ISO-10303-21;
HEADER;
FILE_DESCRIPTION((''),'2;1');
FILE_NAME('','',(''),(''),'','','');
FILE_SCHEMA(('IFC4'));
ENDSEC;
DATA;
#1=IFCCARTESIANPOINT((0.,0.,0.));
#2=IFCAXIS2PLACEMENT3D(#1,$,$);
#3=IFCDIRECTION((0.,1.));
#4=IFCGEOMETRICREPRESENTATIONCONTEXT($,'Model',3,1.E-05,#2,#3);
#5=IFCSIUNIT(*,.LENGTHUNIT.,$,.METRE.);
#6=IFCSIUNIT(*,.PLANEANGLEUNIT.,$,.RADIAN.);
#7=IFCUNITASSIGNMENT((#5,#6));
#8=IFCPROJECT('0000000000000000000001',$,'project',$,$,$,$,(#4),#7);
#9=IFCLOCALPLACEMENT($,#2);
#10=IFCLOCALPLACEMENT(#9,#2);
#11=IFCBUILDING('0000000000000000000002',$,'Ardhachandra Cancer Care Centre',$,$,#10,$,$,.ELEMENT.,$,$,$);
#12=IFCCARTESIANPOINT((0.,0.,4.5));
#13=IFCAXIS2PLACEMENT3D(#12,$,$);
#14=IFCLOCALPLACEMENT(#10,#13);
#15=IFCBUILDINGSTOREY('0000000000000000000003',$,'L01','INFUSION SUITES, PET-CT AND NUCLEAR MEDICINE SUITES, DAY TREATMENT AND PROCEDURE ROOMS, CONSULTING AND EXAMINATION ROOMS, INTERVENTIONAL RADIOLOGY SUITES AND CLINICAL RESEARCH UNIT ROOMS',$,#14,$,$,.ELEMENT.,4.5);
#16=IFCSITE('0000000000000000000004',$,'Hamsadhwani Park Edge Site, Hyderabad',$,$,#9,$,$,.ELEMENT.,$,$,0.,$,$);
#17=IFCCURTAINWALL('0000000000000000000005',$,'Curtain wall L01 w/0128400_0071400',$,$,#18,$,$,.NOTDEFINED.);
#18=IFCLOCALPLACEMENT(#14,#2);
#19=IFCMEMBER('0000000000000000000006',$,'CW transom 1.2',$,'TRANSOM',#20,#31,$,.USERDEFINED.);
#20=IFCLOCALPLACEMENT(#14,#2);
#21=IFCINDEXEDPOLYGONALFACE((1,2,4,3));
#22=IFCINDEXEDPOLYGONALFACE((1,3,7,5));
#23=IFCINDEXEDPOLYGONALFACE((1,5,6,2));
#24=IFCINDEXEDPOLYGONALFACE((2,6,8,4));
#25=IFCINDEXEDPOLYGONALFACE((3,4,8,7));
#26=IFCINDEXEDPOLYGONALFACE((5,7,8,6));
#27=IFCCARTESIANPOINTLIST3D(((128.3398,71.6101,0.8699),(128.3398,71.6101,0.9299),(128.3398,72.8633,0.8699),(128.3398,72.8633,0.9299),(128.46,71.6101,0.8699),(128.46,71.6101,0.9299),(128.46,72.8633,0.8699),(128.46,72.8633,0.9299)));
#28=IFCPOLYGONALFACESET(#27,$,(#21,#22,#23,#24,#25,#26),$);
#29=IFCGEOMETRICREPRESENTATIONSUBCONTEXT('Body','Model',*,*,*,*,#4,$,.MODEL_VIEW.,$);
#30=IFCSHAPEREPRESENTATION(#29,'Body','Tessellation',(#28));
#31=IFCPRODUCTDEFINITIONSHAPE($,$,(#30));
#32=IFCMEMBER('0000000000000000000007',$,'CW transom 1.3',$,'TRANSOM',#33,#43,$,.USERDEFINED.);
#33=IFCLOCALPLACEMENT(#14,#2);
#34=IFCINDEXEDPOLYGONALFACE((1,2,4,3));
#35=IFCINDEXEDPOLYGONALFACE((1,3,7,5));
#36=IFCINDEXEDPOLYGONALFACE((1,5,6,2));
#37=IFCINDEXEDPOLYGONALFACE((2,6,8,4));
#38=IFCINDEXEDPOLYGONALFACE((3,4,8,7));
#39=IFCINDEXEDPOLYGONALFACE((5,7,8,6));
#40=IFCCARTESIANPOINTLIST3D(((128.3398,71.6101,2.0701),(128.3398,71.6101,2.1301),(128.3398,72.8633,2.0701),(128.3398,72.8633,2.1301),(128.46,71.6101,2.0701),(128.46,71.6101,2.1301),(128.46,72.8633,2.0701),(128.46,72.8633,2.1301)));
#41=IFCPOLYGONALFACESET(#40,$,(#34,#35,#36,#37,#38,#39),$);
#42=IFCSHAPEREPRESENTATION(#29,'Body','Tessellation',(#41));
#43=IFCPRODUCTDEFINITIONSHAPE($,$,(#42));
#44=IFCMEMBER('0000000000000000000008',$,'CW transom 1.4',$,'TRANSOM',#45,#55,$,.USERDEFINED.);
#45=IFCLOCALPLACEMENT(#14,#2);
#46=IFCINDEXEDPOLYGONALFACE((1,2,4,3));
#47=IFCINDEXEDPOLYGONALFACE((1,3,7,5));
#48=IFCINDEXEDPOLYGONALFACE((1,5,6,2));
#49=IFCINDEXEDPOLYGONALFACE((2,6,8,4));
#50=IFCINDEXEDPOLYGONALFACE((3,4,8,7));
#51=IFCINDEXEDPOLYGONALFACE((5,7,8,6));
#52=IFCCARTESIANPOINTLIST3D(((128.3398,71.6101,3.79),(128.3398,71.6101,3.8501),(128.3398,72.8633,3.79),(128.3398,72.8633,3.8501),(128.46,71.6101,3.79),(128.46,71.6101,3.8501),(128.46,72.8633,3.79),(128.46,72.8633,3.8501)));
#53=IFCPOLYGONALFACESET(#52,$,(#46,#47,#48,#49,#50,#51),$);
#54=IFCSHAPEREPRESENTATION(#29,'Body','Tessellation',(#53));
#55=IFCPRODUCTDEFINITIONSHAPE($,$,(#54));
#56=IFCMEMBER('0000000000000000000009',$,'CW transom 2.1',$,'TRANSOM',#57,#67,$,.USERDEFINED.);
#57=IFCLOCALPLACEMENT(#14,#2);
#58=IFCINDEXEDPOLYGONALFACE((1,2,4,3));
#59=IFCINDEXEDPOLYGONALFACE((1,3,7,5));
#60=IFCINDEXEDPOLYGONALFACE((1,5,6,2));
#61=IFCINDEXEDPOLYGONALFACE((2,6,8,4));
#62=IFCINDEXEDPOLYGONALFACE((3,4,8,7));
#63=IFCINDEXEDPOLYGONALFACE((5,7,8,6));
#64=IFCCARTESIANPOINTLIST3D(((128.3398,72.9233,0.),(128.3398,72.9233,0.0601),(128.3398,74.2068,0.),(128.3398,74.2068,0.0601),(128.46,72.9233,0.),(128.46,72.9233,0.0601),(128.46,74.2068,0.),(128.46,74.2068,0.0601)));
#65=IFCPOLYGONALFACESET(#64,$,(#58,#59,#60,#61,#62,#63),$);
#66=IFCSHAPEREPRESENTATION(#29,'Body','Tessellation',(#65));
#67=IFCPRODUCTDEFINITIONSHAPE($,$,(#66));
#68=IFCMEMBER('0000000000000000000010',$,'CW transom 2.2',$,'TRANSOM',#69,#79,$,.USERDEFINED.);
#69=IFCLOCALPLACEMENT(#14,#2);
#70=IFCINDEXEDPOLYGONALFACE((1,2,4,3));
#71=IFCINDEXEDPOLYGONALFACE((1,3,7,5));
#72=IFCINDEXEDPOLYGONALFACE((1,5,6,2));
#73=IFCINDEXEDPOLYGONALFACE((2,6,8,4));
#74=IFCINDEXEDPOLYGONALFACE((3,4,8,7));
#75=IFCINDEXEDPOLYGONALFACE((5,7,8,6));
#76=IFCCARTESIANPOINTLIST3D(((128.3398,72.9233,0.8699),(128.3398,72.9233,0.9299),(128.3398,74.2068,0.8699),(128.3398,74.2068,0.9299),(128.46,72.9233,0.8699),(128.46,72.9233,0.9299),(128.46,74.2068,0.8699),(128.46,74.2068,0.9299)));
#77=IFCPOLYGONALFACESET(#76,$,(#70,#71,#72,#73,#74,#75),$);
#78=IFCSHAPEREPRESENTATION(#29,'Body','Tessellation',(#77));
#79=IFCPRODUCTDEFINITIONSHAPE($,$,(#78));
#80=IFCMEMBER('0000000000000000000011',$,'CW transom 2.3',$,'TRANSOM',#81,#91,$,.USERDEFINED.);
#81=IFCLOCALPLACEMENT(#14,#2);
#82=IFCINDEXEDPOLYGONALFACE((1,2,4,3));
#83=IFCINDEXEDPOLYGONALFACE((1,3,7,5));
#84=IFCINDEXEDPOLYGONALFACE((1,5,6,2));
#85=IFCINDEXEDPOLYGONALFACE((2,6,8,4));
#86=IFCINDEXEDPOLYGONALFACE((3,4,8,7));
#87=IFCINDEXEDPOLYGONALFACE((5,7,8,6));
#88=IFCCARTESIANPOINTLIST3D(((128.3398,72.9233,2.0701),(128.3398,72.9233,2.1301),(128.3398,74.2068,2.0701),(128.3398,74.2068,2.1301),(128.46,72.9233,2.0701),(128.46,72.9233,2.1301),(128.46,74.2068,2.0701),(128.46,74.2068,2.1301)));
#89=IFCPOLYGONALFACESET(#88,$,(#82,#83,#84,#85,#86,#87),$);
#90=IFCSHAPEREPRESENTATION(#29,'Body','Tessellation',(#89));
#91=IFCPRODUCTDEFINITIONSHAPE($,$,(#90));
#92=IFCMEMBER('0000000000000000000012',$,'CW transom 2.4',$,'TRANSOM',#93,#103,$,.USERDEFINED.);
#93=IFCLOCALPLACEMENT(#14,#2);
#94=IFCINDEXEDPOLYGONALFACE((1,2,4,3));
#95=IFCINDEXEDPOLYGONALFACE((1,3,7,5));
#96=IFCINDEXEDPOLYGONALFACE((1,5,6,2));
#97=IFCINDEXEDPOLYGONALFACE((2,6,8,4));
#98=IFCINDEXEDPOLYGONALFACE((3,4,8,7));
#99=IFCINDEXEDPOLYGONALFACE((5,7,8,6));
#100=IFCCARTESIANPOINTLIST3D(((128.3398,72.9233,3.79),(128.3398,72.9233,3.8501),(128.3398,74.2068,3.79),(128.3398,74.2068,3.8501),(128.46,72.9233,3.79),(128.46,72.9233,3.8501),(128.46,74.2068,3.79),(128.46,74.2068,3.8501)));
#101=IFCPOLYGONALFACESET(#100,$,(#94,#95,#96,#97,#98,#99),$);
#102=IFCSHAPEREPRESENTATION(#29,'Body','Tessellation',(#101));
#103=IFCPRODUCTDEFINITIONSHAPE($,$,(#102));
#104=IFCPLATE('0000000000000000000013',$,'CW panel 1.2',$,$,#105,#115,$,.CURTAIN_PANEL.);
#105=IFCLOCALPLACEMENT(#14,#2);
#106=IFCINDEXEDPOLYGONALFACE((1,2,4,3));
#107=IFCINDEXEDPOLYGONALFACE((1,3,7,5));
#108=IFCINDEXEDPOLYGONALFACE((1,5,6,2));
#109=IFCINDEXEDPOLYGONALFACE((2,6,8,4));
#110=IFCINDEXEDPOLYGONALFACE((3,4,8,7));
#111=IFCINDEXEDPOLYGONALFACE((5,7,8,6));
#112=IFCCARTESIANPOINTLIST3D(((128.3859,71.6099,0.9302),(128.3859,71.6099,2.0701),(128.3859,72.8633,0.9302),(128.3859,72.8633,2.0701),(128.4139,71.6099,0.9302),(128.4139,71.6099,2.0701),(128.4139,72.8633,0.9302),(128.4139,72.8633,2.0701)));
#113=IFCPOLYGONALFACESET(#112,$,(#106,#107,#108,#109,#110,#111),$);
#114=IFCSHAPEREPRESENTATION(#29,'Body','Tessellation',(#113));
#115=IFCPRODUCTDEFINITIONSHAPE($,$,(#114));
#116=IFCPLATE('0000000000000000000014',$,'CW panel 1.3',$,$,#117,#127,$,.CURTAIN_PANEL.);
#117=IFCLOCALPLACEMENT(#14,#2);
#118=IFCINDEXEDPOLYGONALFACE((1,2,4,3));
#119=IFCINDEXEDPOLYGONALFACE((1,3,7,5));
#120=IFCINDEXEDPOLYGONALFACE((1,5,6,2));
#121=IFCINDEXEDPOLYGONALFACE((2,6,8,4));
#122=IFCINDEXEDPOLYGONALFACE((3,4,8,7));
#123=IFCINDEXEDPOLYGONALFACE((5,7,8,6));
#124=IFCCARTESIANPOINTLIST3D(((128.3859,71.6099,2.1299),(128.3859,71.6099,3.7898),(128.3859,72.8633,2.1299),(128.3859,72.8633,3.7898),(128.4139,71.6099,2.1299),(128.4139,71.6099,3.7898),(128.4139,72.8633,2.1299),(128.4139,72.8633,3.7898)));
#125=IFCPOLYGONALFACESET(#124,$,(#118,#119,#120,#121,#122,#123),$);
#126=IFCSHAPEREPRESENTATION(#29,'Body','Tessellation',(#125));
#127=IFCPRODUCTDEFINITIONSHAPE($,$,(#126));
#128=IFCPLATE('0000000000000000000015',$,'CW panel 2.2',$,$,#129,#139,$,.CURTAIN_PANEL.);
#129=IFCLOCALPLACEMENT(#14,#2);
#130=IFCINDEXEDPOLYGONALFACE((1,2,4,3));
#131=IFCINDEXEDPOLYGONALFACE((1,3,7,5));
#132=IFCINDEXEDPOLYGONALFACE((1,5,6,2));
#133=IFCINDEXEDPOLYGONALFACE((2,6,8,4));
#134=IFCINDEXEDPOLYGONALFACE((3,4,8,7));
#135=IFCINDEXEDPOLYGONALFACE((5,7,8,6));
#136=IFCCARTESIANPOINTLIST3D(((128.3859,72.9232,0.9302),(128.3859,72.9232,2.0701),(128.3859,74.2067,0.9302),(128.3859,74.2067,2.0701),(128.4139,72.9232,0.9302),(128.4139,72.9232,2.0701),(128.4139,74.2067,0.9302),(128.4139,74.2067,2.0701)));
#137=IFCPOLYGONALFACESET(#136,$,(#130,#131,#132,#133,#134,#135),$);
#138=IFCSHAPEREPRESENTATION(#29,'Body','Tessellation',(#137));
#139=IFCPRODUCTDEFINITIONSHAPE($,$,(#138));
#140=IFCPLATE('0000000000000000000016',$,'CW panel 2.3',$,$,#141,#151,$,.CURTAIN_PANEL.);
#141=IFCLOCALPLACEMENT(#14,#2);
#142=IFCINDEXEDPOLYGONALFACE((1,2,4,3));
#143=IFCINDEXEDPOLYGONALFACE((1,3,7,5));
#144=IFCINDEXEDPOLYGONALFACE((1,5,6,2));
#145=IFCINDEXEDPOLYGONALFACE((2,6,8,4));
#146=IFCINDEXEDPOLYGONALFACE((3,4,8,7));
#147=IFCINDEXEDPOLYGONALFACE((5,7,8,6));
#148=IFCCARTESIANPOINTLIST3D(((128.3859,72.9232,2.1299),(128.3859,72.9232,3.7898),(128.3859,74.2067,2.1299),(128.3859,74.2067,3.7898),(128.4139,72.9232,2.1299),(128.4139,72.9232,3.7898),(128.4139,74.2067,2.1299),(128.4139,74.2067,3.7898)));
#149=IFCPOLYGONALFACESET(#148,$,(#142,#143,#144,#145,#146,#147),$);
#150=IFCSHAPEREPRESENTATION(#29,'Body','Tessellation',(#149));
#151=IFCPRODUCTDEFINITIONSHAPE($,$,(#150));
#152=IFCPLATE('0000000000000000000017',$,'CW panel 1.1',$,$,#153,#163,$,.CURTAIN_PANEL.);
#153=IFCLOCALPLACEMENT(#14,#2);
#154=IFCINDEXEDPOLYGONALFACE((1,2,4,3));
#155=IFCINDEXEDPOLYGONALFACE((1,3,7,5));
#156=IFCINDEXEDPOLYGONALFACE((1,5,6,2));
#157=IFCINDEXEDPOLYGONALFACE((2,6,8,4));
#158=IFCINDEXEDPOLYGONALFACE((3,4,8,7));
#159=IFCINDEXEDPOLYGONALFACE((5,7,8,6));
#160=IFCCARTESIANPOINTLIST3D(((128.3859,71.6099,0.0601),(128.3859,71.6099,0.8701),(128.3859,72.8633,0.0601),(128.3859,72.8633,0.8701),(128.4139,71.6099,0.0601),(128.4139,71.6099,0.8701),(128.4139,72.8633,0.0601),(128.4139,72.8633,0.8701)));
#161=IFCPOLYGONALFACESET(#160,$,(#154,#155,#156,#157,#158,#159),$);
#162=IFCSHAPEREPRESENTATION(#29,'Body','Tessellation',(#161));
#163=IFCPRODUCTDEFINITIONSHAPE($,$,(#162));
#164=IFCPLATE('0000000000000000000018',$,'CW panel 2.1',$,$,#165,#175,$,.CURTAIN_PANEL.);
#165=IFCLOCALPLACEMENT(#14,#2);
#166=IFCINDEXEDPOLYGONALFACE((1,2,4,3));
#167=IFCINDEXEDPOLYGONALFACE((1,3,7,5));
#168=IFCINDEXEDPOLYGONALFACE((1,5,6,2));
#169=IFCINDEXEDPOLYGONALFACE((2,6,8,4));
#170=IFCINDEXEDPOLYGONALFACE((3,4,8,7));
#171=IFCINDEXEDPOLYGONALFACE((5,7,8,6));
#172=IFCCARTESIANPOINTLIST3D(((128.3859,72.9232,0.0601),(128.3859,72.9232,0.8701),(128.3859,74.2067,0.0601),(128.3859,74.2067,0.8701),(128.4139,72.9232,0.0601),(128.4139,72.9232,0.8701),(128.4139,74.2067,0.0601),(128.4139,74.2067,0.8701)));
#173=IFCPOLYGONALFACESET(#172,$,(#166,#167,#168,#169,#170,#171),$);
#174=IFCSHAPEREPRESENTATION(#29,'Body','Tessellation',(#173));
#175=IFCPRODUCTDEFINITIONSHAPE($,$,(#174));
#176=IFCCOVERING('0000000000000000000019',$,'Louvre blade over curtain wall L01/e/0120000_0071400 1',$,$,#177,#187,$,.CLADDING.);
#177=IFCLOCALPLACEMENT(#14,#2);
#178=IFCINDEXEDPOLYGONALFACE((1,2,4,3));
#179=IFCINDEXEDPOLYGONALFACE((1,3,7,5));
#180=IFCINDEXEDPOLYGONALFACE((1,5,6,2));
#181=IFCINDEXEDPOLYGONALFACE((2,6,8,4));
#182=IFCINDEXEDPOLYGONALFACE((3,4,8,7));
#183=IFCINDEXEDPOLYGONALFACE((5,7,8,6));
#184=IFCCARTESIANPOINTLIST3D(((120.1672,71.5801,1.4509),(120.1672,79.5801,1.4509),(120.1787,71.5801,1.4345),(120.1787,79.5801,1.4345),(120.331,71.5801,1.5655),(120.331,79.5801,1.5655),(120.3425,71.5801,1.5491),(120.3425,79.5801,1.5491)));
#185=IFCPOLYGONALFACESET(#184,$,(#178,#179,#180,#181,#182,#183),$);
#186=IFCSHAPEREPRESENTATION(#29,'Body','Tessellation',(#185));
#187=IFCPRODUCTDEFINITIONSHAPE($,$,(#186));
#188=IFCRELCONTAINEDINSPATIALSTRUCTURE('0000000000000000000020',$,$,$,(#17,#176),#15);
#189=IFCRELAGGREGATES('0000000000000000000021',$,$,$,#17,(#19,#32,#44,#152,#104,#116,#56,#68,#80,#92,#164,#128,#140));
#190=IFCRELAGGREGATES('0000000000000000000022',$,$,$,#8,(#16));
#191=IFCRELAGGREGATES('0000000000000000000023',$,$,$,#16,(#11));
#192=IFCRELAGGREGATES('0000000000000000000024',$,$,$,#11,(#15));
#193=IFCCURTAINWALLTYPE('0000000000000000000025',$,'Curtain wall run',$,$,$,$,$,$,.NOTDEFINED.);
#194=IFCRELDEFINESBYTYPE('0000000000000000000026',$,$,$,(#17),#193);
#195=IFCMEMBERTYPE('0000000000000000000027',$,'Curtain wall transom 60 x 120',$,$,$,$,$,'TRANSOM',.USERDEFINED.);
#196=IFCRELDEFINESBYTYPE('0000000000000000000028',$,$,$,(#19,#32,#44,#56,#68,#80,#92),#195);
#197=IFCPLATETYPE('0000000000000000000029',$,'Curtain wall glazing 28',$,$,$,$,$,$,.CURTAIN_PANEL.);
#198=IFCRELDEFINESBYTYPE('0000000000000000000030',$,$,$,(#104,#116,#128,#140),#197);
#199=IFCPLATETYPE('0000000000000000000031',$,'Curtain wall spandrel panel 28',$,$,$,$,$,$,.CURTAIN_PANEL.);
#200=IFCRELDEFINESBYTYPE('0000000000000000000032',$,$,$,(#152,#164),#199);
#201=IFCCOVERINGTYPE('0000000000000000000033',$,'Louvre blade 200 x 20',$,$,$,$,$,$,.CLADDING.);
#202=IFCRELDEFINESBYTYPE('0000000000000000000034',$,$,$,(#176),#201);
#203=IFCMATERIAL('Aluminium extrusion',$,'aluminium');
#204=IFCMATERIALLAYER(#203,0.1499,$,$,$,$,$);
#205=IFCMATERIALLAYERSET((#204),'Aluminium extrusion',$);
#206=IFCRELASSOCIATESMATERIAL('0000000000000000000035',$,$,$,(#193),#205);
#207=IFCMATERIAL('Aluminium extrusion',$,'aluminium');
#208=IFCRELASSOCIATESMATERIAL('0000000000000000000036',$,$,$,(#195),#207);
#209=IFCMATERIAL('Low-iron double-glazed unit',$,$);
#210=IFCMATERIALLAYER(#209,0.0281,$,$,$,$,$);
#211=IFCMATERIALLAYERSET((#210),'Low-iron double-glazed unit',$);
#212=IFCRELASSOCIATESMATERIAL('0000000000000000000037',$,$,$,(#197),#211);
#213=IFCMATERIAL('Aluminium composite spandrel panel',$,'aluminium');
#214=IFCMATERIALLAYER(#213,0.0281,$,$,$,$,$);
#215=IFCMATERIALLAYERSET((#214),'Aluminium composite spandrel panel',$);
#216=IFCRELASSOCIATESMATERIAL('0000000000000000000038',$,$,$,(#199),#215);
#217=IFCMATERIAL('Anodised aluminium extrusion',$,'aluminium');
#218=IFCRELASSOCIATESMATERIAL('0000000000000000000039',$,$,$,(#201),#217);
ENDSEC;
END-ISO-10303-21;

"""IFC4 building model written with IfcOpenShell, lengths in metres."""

from ifc_helpers import new_model, si_unit, direction, frame, origin, origin_2d, place, context, subcontext, project, spatial, rectangle, extrude, material, layer, layer_set, material_profile, profile_set, type_object, element, aggregate, save


model = new_model("IFC4")

# Units and contexts
model_context = context("Model", 3, precision=1e-05, world=origin(), true_north=direction((0.0, 1.0)))
body_context = subcontext(model_context, "Body", "Model", "MODEL_VIEW")
ifc_project = project(units=[si_unit("LENGTHUNIT", "METRE"), si_unit("PLANEANGLEUNIT", "RADIAN")], contexts=[model_context])

# Site, building, storey
site_placement = place(None, origin())
site = spatial("IfcSite", under=ifc_project, at=site_placement, Name="Hamsadhwani Park Edge Site, Hyderabad", CompositionType="ELEMENT", RefElevation=0.0)
building_placement = place(site_placement, origin())
building = spatial("IfcBuilding", under=site, at=building_placement, Name="Ardhachandra Cancer Care Centre", CompositionType="ELEMENT")
storey_placement = place(building_placement, frame((0.0, 0.0, 4.5)))
storey = spatial("IfcBuildingStorey", under=building, at=storey_placement, Name="L01", Description="INFUSION SUITES, PET-CT AND NUCLEAR MEDICINE SUITES, DAY TREATMENT AND PROCEDURE ROOMS, CONSULTING AND EXAMINATION ROOMS, INTERVENTIONAL RADIOLOGY SUITES AND CLINICAL RESEARCH UNIT ROOMS", CompositionType="ELEMENT", Elevation=4.5)

# Curtain wall, members, plates
ifc_material_1 = material(Name="Aluminium extrusion", Category="aluminium")
ifc_layer_1 = layer(ifc_material_1, 0.1499)
ifc_layer_set_1 = layer_set([ifc_layer_1], Name="Aluminium extrusion")
curtain_wall_type = type_object("IfcCurtainWallType", Name="Curtain wall run", PredefinedType="NOTDEFINED", material=ifc_layer_set_1)
curtain_wall_placement = place(storey_placement, origin())
curtain_wall = element("IfcCurtainWall", 1, at=curtain_wall_placement, inside=storey, type_object=curtain_wall_type, Name="Curtain wall L01 w/0128400_0071400", PredefinedType="NOTDEFINED")
ifc_material_2 = material(Name="Aluminium extrusion", Category="aluminium")
ifc_material_profile_1 = material_profile(ifc_material_2, rectangle(XDim=0.1201, YDim=0.0601, at=origin_2d()), Name="Curtain wall transom 60 x 120")
ifc_profile_set_1 = profile_set([ifc_material_profile_1], Name="Aluminium extrusion")
member_type_1 = type_object("IfcMemberType", Name="Curtain wall transom 60 x 120", ElementType="TRANSOM", PredefinedType="USERDEFINED", material=ifc_profile_set_1)
member_1_placement = place(storey_placement, frame((128.3999, 71.6101, 0.8999), z_axis=(0.0, 1.0, 0.0), x_axis=(-1.0, 0.0, 0.0)))
member_1 = element("IfcMember", 2, at=member_1_placement, type_object=member_type_1, Name="CW transom 1.2", ObjectType="TRANSOM", PredefinedType="USERDEFINED", context=body_context, shape_type="SweptSolid", body=[
    extrude(rectangle(XDim=0.1201, YDim=0.0601, at=origin_2d()), origin(), (0.0, 0.0, 1.0), 1.2532),
])
member_2_placement = place(storey_placement, frame((128.3999, 71.6101, 2.1001), z_axis=(0.0, 1.0, 0.0), x_axis=(-1.0, 0.0, 0.0)))
member_2 = element("IfcMember", 3, at=member_2_placement, type_object=member_type_1, Name="CW transom 1.3", ObjectType="TRANSOM", PredefinedType="USERDEFINED", context=body_context, shape_type="SweptSolid", body=[
    extrude(rectangle(XDim=0.1201, YDim=0.0601, at=origin_2d()), origin(), (0.0, 0.0, 1.0), 1.2532),
])
member_3_placement = place(storey_placement, frame((128.3999, 71.6101, 3.8201), z_axis=(0.0, 1.0, 0.0), x_axis=(-1.0, 0.0, 0.0)))
member_3 = element("IfcMember", 4, at=member_3_placement, type_object=member_type_1, Name="CW transom 1.4", ObjectType="TRANSOM", PredefinedType="USERDEFINED", context=body_context, shape_type="SweptSolid", body=[
    extrude(rectangle(XDim=0.1201, YDim=0.0601, at=origin_2d()), origin(), (0.0, 0.0, 1.0), 1.2532),
])
member_4_placement = place(storey_placement, frame((128.3999, 72.9233, 0.03), z_axis=(0.0, 1.0, 0.0), x_axis=(-1.0, 0.0, 0.0)))
member_4 = element("IfcMember", 5, at=member_4_placement, type_object=member_type_1, Name="CW transom 2.1", ObjectType="TRANSOM", PredefinedType="USERDEFINED", context=body_context, shape_type="SweptSolid", body=[
    extrude(rectangle(XDim=0.1201, YDim=0.0601, at=origin_2d()), origin(), (0.0, 0.0, 1.0), 1.2834),
])
member_5_placement = place(storey_placement, frame((128.3999, 72.9233, 0.8999), z_axis=(0.0, 1.0, 0.0), x_axis=(-1.0, 0.0, 0.0)))
member_5 = element("IfcMember", 6, at=member_5_placement, type_object=member_type_1, Name="CW transom 2.2", ObjectType="TRANSOM", PredefinedType="USERDEFINED", context=body_context, shape_type="SweptSolid", body=[
    extrude(rectangle(XDim=0.1201, YDim=0.0601, at=origin_2d()), origin(), (0.0, 0.0, 1.0), 1.2834),
])
member_6_placement = place(storey_placement, frame((128.3999, 72.9233, 2.1001), z_axis=(0.0, 1.0, 0.0), x_axis=(-1.0, 0.0, 0.0)))
member_6 = element("IfcMember", 7, at=member_6_placement, type_object=member_type_1, Name="CW transom 2.3", ObjectType="TRANSOM", PredefinedType="USERDEFINED", context=body_context, shape_type="SweptSolid", body=[
    extrude(rectangle(XDim=0.1201, YDim=0.0601, at=origin_2d()), origin(), (0.0, 0.0, 1.0), 1.2834),
])
member_7_placement = place(storey_placement, frame((128.3999, 72.9233, 3.8201), z_axis=(0.0, 1.0, 0.0), x_axis=(-1.0, 0.0, 0.0)))
member_7 = element("IfcMember", 8, at=member_7_placement, type_object=member_type_1, Name="CW transom 2.4", ObjectType="TRANSOM", PredefinedType="USERDEFINED", context=body_context, shape_type="SweptSolid", body=[
    extrude(rectangle(XDim=0.1201, YDim=0.0601, at=origin_2d()), origin(), (0.0, 0.0, 1.0), 1.2834),
])
ifc_material_3 = material(Name="Low-iron double-glazed unit")
ifc_layer_2 = layer(ifc_material_3, 0.0281)
ifc_layer_set_2 = layer_set([ifc_layer_2], Name="Low-iron double-glazed unit")
plate_type_1 = type_object("IfcPlateType", Name="Curtain wall glazing 28", PredefinedType="CURTAIN_PANEL", material=ifc_layer_set_2)
plate_1_placement = place(storey_placement, frame((128.3999, 72.2366, 0.9302), z_axis=(0.0, 0.0, 1.0), x_axis=(0.0, 1.0, 0.0)))
plate_1 = element("IfcPlate", 9, at=plate_1_placement, type_object=plate_type_1, Name="CW panel 1.2", PredefinedType="CURTAIN_PANEL", context=body_context, shape_type="SweptSolid", body=[
    extrude(rectangle(XDim=1.2534, YDim=0.0281, at=origin_2d()), origin(), (0.0, 0.0, 1.0), 1.1399),
])
plate_2_placement = place(storey_placement, frame((128.3999, 72.2366, 2.1299), z_axis=(0.0, 0.0, 1.0), x_axis=(0.0, 1.0, 0.0)))
plate_2 = element("IfcPlate", 10, at=plate_2_placement, type_object=plate_type_1, Name="CW panel 1.3", PredefinedType="CURTAIN_PANEL", context=body_context, shape_type="SweptSolid", body=[
    extrude(rectangle(XDim=1.2534, YDim=0.0281, at=origin_2d()), origin(), (0.0, 0.0, 1.0), 1.6599),
])
plate_3_placement = place(storey_placement, frame((128.3999, 73.5649, 0.9302), z_axis=(0.0, 0.0, 1.0), x_axis=(0.0, 1.0, 0.0)))
plate_3 = element("IfcPlate", 11, at=plate_3_placement, type_object=plate_type_1, Name="CW panel 2.2", PredefinedType="CURTAIN_PANEL", context=body_context, shape_type="SweptSolid", body=[
    extrude(rectangle(XDim=1.2834, YDim=0.0281, at=origin_2d()), origin(), (0.0, 0.0, 1.0), 1.1399),
])
plate_4_placement = place(storey_placement, frame((128.3999, 73.5649, 2.1299), z_axis=(0.0, 0.0, 1.0), x_axis=(0.0, 1.0, 0.0)))
plate_4 = element("IfcPlate", 12, at=plate_4_placement, type_object=plate_type_1, Name="CW panel 2.3", PredefinedType="CURTAIN_PANEL", context=body_context, shape_type="SweptSolid", body=[
    extrude(rectangle(XDim=1.2834, YDim=0.0281, at=origin_2d()), origin(), (0.0, 0.0, 1.0), 1.6599),
])
ifc_material_4 = material(Name="Aluminium composite spandrel panel", Category="aluminium")
ifc_layer_3 = layer(ifc_material_4, 0.0281)
ifc_layer_set_3 = layer_set([ifc_layer_3], Name="Aluminium composite spandrel panel")
plate_type_2 = type_object("IfcPlateType", Name="Curtain wall spandrel panel 28", PredefinedType="CURTAIN_PANEL", material=ifc_layer_set_3)
plate_5_placement = place(storey_placement, frame((128.3999, 72.2366, 0.0601), z_axis=(0.0, 0.0, 1.0), x_axis=(0.0, 1.0, 0.0)))
plate_5 = element("IfcPlate", 13, at=plate_5_placement, type_object=plate_type_2, Name="CW panel 1.1", PredefinedType="CURTAIN_PANEL", context=body_context, shape_type="SweptSolid", body=[
    extrude(rectangle(XDim=1.2534, YDim=0.0281, at=origin_2d()), origin(), (0.0, 0.0, 1.0), 0.8101),
])
plate_6_placement = place(storey_placement, frame((128.3999, 73.5649, 0.0601), z_axis=(0.0, 0.0, 1.0), x_axis=(0.0, 1.0, 0.0)))
plate_6 = element("IfcPlate", 14, at=plate_6_placement, type_object=plate_type_2, Name="CW panel 2.1", PredefinedType="CURTAIN_PANEL", context=body_context, shape_type="SweptSolid", body=[
    extrude(rectangle(XDim=1.2834, YDim=0.0281, at=origin_2d()), origin(), (0.0, 0.0, 1.0), 0.8101),
])
aggregate(curtain_wall, [member_1, member_2, member_3, plate_5, plate_1, plate_2, member_4, member_5, member_6, member_7, plate_6, plate_3, plate_4])

# Covering
ifc_material_5 = material(Name="Anodised aluminium extrusion", Category="aluminium")
ifc_material_profile_2 = material_profile(ifc_material_5, rectangle(XDim=0.2, YDim=0.02, at=origin_2d()), Name="Louvre blade 200 x 20")
ifc_profile_set_2 = profile_set([ifc_material_profile_2], Name="Anodised aluminium extrusion")
covering_type = type_object("IfcCoveringType", Name="Louvre blade 200 x 20", PredefinedType="CLADDING", material=ifc_profile_set_2)
for number, where, z_axis, x_axis, name in (
    (15, (120.2549, 71.5801, 1.5), (0.0, 1.0, 0.0), (-0.819152, 0.0, -0.573576), "Louvre blade over curtain wall L01/e/0120000_0071400 1"),
):
    element("IfcCovering", number, at=place(storey_placement, frame(where, z_axis=z_axis, x_axis=x_axis)), inside=storey, type_object=covering_type, Name=name, PredefinedType="CLADDING", context=body_context, shape_type="SweptSolid", body=[
        extrude(rectangle(XDim=0.2, YDim=0.02, at=origin_2d()), origin(), (0.0, 0.0, 1.0), 8.0),
    ])

save(model, "model.ifc")
